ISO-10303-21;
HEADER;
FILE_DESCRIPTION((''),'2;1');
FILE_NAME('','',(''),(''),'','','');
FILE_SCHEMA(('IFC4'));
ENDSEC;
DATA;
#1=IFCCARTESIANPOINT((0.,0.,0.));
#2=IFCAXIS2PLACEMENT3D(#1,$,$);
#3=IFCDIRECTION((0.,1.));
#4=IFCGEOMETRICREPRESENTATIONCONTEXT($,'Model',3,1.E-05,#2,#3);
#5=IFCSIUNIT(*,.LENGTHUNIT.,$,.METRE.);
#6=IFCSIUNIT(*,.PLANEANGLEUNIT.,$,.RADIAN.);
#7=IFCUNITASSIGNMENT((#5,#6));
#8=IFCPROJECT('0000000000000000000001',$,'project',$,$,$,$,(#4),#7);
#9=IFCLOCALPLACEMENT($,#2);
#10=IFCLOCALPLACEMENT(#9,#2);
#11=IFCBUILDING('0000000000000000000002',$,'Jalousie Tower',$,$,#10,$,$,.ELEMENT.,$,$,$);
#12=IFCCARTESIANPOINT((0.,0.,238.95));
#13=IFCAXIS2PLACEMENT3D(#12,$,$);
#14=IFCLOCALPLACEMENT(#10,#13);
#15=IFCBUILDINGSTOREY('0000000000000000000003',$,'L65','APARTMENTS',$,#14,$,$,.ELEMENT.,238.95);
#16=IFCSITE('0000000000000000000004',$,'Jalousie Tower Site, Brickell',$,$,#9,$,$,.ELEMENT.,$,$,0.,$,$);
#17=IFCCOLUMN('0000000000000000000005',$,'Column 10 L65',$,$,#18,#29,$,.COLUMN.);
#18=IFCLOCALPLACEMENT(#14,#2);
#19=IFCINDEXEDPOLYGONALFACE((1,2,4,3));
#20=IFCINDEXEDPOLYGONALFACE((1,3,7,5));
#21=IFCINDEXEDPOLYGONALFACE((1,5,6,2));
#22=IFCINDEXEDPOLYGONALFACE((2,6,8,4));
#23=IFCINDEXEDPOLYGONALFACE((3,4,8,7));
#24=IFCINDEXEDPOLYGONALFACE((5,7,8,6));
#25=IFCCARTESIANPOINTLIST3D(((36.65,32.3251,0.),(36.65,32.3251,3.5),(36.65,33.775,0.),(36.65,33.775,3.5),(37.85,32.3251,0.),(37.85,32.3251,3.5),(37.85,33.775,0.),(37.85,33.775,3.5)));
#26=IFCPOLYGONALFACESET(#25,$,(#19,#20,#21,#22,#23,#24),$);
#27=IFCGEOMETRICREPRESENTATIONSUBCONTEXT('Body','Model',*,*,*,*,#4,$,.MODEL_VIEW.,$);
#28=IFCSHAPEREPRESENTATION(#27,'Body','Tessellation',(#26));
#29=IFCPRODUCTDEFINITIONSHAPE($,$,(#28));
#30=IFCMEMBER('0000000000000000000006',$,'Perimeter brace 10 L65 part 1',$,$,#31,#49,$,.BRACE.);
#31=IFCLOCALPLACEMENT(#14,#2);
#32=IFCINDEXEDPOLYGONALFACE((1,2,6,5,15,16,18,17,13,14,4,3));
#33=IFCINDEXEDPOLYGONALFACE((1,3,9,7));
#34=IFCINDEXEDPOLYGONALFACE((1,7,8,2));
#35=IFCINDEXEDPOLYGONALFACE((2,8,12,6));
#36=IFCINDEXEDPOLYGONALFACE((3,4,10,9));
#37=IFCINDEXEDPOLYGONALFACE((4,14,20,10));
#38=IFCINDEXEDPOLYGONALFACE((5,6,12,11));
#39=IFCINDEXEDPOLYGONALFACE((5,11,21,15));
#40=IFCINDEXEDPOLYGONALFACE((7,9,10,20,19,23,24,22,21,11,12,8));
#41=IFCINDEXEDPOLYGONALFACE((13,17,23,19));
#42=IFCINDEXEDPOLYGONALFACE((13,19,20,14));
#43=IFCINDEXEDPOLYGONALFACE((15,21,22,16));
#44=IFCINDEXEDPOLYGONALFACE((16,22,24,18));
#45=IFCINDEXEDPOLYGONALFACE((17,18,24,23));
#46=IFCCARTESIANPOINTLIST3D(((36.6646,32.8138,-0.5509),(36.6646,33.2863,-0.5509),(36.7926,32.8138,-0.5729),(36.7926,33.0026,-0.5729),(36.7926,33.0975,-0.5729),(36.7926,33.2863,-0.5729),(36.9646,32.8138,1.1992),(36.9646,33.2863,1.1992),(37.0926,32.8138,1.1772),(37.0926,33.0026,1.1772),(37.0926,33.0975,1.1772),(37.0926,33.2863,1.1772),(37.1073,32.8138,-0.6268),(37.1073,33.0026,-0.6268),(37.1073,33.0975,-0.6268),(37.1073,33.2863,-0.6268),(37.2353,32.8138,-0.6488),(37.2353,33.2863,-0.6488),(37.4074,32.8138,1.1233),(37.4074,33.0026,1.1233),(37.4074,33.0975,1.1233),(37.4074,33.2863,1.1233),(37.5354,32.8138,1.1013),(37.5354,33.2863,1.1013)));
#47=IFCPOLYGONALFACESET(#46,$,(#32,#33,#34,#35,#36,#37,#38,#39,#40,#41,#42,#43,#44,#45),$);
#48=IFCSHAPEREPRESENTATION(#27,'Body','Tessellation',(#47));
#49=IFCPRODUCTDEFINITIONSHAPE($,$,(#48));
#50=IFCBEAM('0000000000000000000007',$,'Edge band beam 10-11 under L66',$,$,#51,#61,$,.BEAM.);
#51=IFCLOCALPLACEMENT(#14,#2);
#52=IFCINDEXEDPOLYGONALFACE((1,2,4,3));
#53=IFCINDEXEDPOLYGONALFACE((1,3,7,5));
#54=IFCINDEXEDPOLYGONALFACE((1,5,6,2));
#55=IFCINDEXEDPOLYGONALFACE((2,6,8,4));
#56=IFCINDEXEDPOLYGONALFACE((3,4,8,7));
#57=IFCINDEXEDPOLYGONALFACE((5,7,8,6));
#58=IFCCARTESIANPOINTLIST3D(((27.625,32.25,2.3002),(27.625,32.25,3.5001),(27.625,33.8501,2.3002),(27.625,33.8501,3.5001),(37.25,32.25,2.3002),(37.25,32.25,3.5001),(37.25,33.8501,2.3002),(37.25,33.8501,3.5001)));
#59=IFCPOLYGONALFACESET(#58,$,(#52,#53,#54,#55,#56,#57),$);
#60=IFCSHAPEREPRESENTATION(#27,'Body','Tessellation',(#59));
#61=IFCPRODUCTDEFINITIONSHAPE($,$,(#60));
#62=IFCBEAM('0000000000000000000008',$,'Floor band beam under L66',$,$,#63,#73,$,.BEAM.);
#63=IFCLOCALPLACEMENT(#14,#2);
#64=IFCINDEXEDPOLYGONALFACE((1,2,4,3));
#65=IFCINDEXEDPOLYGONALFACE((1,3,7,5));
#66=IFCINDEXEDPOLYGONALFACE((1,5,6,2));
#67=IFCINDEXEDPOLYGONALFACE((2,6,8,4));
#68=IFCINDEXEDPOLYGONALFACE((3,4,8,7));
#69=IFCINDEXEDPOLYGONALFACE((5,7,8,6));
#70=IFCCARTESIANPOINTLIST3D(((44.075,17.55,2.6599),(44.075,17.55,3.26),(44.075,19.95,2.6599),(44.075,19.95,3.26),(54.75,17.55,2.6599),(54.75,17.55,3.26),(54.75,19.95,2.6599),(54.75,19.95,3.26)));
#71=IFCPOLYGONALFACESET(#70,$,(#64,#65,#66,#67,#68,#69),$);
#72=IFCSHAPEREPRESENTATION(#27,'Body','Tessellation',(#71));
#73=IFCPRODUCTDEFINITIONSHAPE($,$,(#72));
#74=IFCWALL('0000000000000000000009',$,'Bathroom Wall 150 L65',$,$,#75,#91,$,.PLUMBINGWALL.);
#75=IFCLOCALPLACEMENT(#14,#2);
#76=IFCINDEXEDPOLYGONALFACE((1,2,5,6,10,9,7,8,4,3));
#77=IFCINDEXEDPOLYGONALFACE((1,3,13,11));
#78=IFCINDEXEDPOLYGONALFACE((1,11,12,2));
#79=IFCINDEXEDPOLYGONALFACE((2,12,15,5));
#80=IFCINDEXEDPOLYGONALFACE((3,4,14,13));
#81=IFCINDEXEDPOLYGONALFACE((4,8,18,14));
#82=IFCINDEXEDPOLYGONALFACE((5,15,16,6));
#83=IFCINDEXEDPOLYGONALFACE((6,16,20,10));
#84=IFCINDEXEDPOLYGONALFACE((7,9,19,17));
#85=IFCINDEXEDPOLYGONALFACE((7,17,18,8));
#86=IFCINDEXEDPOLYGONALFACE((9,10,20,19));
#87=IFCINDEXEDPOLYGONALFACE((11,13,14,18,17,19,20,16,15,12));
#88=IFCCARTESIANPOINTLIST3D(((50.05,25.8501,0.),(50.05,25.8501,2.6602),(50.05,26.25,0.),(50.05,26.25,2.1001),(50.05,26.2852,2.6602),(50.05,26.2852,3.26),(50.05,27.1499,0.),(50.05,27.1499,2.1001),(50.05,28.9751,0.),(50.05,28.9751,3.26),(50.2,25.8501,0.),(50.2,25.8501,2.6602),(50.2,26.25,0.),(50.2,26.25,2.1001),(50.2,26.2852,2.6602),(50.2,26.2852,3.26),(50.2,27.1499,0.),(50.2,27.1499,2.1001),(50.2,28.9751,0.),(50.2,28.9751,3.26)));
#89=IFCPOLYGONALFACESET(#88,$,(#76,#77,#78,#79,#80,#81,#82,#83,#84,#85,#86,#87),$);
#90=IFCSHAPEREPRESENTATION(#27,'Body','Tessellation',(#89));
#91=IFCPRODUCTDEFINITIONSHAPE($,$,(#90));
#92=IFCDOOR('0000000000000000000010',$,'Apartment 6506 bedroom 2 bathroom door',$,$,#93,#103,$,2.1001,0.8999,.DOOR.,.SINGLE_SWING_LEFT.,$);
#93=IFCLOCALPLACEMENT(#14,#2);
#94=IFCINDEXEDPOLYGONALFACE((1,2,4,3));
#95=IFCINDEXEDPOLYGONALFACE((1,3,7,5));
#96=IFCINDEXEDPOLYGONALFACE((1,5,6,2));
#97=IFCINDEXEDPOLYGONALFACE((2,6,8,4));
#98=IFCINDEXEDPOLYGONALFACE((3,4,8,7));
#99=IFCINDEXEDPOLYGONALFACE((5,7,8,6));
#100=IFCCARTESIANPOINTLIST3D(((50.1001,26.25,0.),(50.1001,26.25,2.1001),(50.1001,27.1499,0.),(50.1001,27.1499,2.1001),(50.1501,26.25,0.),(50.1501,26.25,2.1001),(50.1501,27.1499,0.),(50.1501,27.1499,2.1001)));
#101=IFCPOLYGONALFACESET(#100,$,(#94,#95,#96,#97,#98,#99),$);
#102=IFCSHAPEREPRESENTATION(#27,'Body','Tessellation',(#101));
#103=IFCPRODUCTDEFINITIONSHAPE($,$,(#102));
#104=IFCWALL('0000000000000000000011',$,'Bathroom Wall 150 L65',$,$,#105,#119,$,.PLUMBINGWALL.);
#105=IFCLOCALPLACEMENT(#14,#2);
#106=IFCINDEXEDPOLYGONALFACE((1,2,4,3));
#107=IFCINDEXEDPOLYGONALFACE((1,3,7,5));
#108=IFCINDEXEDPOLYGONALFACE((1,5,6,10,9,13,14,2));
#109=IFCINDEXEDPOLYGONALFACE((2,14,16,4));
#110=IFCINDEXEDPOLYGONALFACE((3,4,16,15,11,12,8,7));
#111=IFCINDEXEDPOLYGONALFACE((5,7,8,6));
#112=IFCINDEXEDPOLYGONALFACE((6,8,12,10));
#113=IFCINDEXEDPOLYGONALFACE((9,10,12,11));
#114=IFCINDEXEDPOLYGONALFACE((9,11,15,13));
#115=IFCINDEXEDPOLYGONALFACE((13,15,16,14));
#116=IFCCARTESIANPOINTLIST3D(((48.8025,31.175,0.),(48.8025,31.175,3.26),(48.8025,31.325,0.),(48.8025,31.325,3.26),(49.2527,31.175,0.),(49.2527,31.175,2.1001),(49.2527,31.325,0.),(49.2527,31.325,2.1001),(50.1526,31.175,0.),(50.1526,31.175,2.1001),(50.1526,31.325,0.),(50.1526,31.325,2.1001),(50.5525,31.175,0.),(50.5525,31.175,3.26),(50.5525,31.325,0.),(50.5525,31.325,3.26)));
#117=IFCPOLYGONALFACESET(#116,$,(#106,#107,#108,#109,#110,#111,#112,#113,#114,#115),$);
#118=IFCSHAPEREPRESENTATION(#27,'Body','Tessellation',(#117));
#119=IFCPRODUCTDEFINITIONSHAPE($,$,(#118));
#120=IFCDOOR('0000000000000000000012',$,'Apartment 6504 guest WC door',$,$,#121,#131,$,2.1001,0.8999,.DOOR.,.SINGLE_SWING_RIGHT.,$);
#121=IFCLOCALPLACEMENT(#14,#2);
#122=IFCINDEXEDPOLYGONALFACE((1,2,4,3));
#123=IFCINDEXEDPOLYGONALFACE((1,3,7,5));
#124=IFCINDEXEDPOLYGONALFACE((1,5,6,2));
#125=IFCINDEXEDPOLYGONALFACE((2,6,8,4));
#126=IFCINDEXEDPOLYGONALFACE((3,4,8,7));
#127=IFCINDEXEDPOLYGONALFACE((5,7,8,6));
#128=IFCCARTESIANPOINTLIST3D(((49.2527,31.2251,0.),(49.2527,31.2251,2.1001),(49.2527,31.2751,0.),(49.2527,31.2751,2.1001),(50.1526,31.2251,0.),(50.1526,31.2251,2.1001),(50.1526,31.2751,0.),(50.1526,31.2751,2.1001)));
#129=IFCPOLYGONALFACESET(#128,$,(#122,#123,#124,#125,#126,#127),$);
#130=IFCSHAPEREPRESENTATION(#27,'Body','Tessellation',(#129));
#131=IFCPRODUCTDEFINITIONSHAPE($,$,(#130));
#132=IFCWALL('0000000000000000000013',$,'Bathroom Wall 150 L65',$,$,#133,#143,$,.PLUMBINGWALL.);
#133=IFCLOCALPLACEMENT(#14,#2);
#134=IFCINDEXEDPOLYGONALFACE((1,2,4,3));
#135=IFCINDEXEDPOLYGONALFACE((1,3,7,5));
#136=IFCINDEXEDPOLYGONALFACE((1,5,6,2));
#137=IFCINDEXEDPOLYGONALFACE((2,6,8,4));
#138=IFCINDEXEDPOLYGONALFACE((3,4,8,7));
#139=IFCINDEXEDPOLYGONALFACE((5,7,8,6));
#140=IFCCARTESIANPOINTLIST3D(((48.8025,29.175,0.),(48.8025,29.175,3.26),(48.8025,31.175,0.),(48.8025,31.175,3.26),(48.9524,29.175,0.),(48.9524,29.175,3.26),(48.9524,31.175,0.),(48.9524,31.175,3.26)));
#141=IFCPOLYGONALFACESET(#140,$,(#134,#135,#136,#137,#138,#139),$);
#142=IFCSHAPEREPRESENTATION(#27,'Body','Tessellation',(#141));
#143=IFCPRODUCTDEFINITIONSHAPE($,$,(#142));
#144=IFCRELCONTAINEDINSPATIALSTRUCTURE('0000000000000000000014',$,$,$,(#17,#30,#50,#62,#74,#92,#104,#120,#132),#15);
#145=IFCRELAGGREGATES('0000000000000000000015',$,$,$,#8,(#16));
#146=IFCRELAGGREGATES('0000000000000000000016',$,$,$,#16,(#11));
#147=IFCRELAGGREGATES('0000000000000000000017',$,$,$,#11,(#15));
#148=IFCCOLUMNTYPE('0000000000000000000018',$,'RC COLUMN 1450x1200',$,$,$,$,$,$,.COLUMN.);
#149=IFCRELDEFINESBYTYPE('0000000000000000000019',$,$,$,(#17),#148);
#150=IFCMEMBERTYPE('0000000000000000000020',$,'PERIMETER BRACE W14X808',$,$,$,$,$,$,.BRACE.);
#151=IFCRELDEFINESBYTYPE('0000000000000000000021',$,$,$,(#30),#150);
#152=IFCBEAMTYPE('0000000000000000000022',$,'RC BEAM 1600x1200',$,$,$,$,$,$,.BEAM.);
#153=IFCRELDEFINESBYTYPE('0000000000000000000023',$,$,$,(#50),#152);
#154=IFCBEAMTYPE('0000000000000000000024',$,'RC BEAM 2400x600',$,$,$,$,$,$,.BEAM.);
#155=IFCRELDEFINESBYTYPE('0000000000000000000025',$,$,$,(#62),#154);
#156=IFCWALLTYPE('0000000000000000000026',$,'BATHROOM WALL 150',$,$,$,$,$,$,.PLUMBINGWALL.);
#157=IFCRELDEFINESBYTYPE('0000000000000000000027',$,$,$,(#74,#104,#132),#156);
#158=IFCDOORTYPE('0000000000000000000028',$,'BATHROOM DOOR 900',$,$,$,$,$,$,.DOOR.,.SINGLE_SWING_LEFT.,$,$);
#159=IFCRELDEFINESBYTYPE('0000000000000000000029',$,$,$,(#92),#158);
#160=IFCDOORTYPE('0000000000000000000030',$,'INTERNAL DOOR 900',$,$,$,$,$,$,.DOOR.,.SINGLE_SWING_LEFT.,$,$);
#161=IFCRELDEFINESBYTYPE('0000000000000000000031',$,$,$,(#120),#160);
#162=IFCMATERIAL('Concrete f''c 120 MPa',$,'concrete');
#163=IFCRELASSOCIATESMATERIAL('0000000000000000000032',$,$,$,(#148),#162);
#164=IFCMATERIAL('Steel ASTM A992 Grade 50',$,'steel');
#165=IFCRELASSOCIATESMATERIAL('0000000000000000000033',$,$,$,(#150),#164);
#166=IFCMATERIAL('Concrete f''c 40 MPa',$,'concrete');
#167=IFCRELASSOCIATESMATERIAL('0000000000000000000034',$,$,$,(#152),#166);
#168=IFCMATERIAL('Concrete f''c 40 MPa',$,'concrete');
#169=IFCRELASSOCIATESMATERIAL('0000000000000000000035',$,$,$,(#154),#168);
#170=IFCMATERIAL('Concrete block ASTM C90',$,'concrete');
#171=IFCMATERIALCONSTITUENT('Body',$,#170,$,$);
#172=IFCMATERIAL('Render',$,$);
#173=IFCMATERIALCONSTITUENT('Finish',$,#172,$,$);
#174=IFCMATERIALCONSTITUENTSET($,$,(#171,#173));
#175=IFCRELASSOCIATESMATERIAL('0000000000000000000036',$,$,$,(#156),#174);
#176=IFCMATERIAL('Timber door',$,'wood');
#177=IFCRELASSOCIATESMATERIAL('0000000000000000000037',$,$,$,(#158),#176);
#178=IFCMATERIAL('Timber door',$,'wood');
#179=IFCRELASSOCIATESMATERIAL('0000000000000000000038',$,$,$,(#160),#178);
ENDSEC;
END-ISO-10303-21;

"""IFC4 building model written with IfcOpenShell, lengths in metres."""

from ifc_helpers import new_model, si_unit, direction, frame, frame_2d, origin, origin_2d, place, context, subcontext, project, spatial, polyline, rectangle, i_section, outline, extrude, material, constituent, constituent_set, material_profile, profile_set, type_object, element, fill, save


model = new_model("IFC4")

# Units and contexts
model_context = context("Model", 3, precision=1e-05, world=origin(), true_north=direction((0.0, 1.0)))
body_context = subcontext(model_context, "Body", "Model", "MODEL_VIEW")
ifc_project = project(units=[si_unit("LENGTHUNIT", "METRE"), si_unit("PLANEANGLEUNIT", "RADIAN")], contexts=[model_context])

# Site, building, storey
site_placement = place(None, origin())
site = spatial("IfcSite", under=ifc_project, at=site_placement, Name="Jalousie Tower Site, Brickell", CompositionType="ELEMENT", RefElevation=0.0)
building_placement = place(site_placement, origin())
building = spatial("IfcBuilding", under=site, at=building_placement, Name="Jalousie Tower", CompositionType="ELEMENT")
storey_placement = place(building_placement, frame((0.0, 0.0, 238.95)))
storey = spatial("IfcBuildingStorey", under=building, at=storey_placement, Name="L65", Description="APARTMENTS", CompositionType="ELEMENT", Elevation=238.95)

# Column
ifc_material_1 = material(Name="Concrete f'c 120 MPa", Category="concrete")
ifc_material_profile_1 = material_profile(ifc_material_1, rectangle(XDim=1.45, YDim=1.2, at=origin_2d()), Name="RC 1450x1200")
ifc_profile_set_1 = profile_set([ifc_material_profile_1], Name="Concrete f'c 120 MPa")
column_type = type_object("IfcColumnType", Name="RC COLUMN 1450x1200", PredefinedType="COLUMN", material=ifc_profile_set_1)
column_placement = place(storey_placement, frame((37.25, 33.05, 0.0), z_axis=(0.0, 0.0, 1.0), x_axis=(0.0, 1.0, 0.0)))
element("IfcColumn", 1, at=column_placement, inside=storey, type_object=column_type, Name="Column 10 L65", PredefinedType="COLUMN", context=body_context, shape_type="SweptSolid", body=[
    extrude(rectangle(XDim=1.45, YDim=1.2, at=origin_2d()), origin(), (0.0, 0.0, 1.0), 3.5),
])

# Member
ifc_material_2 = material(Name="Steel ASTM A992 Grade 50", Category="steel")
ifc_material_profile_2 = material_profile(ifc_material_2, i_section(OverallWidth=0.4724, OverallDepth=0.5791, WebThickness=0.095, FlangeThickness=0.1299, at=origin_2d()), Name="W14X808")
ifc_profile_set_2 = profile_set([ifc_material_profile_2], Name="Steel ASTM A992 Grade 50")
member_type = type_object("IfcMemberType", Name="PERIMETER BRACE W14X808", PredefinedType="BRACE", material=ifc_profile_set_2)
member_placement = place(storey_placement, frame((36.95, 33.05, -0.5999), z_axis=(0.168991, 0.0, 0.985618), x_axis=(0.0, 1.0, 0.0)))
element("IfcMember", 2, at=member_placement, inside=storey, type_object=member_type, Name="Perimeter brace 10 L65 part 1", PredefinedType="BRACE", context=body_context, shape_type="SweptSolid", body=[
    extrude(i_section(OverallWidth=0.4724, OverallDepth=0.5791, WebThickness=0.095, FlangeThickness=0.1299, at=origin_2d()), origin(), (0.0, 0.0, 1.0), 1.7756),
])

# Beams
ifc_material_3 = material(Name="Concrete f'c 40 MPa", Category="concrete")
ifc_material_profile_3 = material_profile(ifc_material_3, rectangle(XDim=1.6001, YDim=1.2, at=origin_2d()), Name="RC 1600x1200")
ifc_profile_set_3 = profile_set([ifc_material_profile_3], Name="Concrete f'c 40 MPa")
beam_type_1 = type_object("IfcBeamType", Name="RC BEAM 1600x1200", PredefinedType="BEAM", material=ifc_profile_set_3)
beam_1_placement = place(storey_placement, frame((37.25, 33.05, 2.9001), z_axis=(-1.0, 0.0, 0.0), x_axis=(0.0, -1.0, 0.0)))
element("IfcBeam", 3, at=beam_1_placement, inside=storey, type_object=beam_type_1, Name="Edge band beam 10-11 under L66", PredefinedType="BEAM", context=body_context, shape_type="SweptSolid", body=[
    extrude(rectangle(XDim=1.6001, YDim=1.2, at=origin_2d()), origin(), (0.0, 0.0, 1.0), 9.625),
])
ifc_material_4 = material(Name="Concrete f'c 40 MPa", Category="concrete")
ifc_material_profile_4 = material_profile(ifc_material_4, rectangle(XDim=2.3999, YDim=0.6001, at=origin_2d()), Name="RC 2400x600")
ifc_profile_set_4 = profile_set([ifc_material_profile_4], Name="Concrete f'c 40 MPa")
beam_type_2 = type_object("IfcBeamType", Name="RC BEAM 2400x600", PredefinedType="BEAM", material=ifc_profile_set_4)
beam_2_placement = place(storey_placement, frame((44.075, 18.75, 2.96), z_axis=(1.0, 0.0, 0.0), x_axis=(0.0, 1.0, 0.0)))
element("IfcBeam", 4, at=beam_2_placement, inside=storey, type_object=beam_type_2, Name="Floor band beam under L66", PredefinedType="BEAM", context=body_context, shape_type="SweptSolid", body=[
    extrude(rectangle(XDim=2.3999, YDim=0.6001, at=origin_2d()), origin(), (0.0, 0.0, 1.0), 10.675),
])

# Walls, openings, doors
ifc_material_5 = material(Name="Concrete block ASTM C90", Category="concrete")
ifc_constituent_1 = constituent(ifc_material_5, Name="Body")
ifc_material_6 = material(Name="Render")
ifc_constituent_2 = constituent(ifc_material_6, Name="Finish")
ifc_constituent_set_1 = constituent_set(constituents=[ifc_constituent_1, ifc_constituent_2])
wall_type_1 = type_object("IfcWallType", Name="BATHROOM WALL 150", PredefinedType="PLUMBINGWALL", material=ifc_constituent_set_1)
wall_1_placement = place(storey_placement, frame((50.125, 25.8501, 0.0), z_axis=(0.0, 0.0, 1.0), x_axis=(0.0, 1.0, 0.0)))
wall_1 = element("IfcWall", 5, at=wall_1_placement, inside=storey, type_object=wall_type_1, Name="Bathroom Wall 150 L65", PredefinedType="PLUMBINGWALL", context=body_context, shape_type="SweptSolid", body=[
    extrude(outline(polyline([(0.0, 0.0), (3.125, 0.0), (3.125, 3.26), (0.4351, 3.26), (0.4351, 2.6602), (0.0, 2.6602), (0.0, 3.26), (0.0, 0.0)])), frame((0.0, 0.075, 0.0), z_axis=(0.0, -1.0, 0.0), x_axis=(1.0, 0.0, 0.0)), (0.0, 0.0, 1.0), 0.1499),
])
opening_1_placement = place(wall_1_placement, frame((0.3999, 0.0, 0.0)))
opening_1 = element("IfcOpeningElement", 6, at=opening_1_placement, cuts=wall_1, PredefinedType="OPENING", context=body_context, shape_type="SweptSolid", body=[
    extrude(rectangle(XDim=0.8999, YDim=2.1001, at=frame_2d((0.45, 1.05))), frame((0.0, 0.085, 0.0), z_axis=(0.0, -1.0, 0.0), x_axis=(1.0, 0.0, 0.0)), (0.0, 0.0, 1.0), 0.1699),
])
ifc_material_7 = material(Name="Timber door", Category="wood")
door_type_1 = type_object("IfcDoorType", Name="BATHROOM DOOR 900", OperationType="SINGLE_SWING_LEFT", PredefinedType="DOOR", material=ifc_material_7)
door_1_placement = place(opening_1_placement, origin())
door_1 = element("IfcDoor", 7, at=door_1_placement, inside=storey, type_object=door_type_1, Name="Apartment 6506 bedroom 2 bathroom door", OperationType="SINGLE_SWING_LEFT", OverallHeight=2.1001, OverallWidth=0.8999, PredefinedType="DOOR", context=body_context, shape_type="SweptSolid", body=[
    extrude(rectangle(XDim=0.8999, YDim=2.1001, at=frame_2d((0.45, 1.05))), frame((0.0, 0.0249, 0.0), z_axis=(0.0, -1.0, 0.0), x_axis=(1.0, 0.0, 0.0)), (0.0, 0.0, 1.0), 0.05),
])
fill(opening_1, door_1)
wall_2_placement = place(storey_placement, frame((50.5525, 31.25, 0.0), z_axis=(0.0, 0.0, 1.0), x_axis=(-1.0, 0.0, 0.0)))
wall_2 = element("IfcWall", 8, at=wall_2_placement, inside=storey, type_object=wall_type_1, Name="Bathroom Wall 150 L65", PredefinedType="PLUMBINGWALL", context=body_context, shape_type="SweptSolid", body=[
    extrude(rectangle(XDim=1.75, YDim=0.1499, at=frame_2d((0.875, 0.0))), origin(), (0.0, 0.0, 1.0), 3.26),
])
opening_2_placement = place(wall_2_placement, frame((0.3999, 0.0, 0.0)))
opening_2 = element("IfcOpeningElement", 9, at=opening_2_placement, cuts=wall_2, PredefinedType="OPENING", context=body_context, shape_type="SweptSolid", body=[
    extrude(rectangle(XDim=0.8999, YDim=2.1001, at=frame_2d((0.45, 1.05))), frame((0.0, 0.085, 0.0), z_axis=(0.0, -1.0, 0.0), x_axis=(1.0, 0.0, 0.0)), (0.0, 0.0, 1.0), 0.1699),
])
ifc_material_8 = material(Name="Timber door", Category="wood")
door_type_2 = type_object("IfcDoorType", Name="INTERNAL DOOR 900", OperationType="SINGLE_SWING_LEFT", PredefinedType="DOOR", material=ifc_material_8)
door_2_placement = place(opening_2_placement, origin())
door_2 = element("IfcDoor", 10, at=door_2_placement, inside=storey, type_object=door_type_2, Name="Apartment 6504 guest WC door", OperationType="SINGLE_SWING_RIGHT", OverallHeight=2.1001, OverallWidth=0.8999, PredefinedType="DOOR", context=body_context, shape_type="SweptSolid", body=[
    extrude(rectangle(XDim=0.8999, YDim=2.1001, at=frame_2d((0.45, 1.05))), frame((0.0, 0.0249, 0.0), z_axis=(0.0, -1.0, 0.0), x_axis=(1.0, 0.0, 0.0)), (0.0, 0.0, 1.0), 0.05),
])
fill(opening_2, door_2)

# Wall
wall_3_placement = place(storey_placement, frame((48.8774, 29.175, 0.0), z_axis=(0.0, 0.0, 1.0), x_axis=(0.0, 1.0, 0.0)))
element("IfcWall", 11, at=wall_3_placement, inside=storey, type_object=wall_type_1, Name="Bathroom Wall 150 L65", PredefinedType="PLUMBINGWALL", context=body_context, shape_type="SweptSolid", body=[
    extrude(rectangle(XDim=2.0, YDim=0.1499, at=frame_2d((1.0, 0.0))), origin(), (0.0, 0.0, 1.0), 3.26),
])

save(model, "model.ifc")
